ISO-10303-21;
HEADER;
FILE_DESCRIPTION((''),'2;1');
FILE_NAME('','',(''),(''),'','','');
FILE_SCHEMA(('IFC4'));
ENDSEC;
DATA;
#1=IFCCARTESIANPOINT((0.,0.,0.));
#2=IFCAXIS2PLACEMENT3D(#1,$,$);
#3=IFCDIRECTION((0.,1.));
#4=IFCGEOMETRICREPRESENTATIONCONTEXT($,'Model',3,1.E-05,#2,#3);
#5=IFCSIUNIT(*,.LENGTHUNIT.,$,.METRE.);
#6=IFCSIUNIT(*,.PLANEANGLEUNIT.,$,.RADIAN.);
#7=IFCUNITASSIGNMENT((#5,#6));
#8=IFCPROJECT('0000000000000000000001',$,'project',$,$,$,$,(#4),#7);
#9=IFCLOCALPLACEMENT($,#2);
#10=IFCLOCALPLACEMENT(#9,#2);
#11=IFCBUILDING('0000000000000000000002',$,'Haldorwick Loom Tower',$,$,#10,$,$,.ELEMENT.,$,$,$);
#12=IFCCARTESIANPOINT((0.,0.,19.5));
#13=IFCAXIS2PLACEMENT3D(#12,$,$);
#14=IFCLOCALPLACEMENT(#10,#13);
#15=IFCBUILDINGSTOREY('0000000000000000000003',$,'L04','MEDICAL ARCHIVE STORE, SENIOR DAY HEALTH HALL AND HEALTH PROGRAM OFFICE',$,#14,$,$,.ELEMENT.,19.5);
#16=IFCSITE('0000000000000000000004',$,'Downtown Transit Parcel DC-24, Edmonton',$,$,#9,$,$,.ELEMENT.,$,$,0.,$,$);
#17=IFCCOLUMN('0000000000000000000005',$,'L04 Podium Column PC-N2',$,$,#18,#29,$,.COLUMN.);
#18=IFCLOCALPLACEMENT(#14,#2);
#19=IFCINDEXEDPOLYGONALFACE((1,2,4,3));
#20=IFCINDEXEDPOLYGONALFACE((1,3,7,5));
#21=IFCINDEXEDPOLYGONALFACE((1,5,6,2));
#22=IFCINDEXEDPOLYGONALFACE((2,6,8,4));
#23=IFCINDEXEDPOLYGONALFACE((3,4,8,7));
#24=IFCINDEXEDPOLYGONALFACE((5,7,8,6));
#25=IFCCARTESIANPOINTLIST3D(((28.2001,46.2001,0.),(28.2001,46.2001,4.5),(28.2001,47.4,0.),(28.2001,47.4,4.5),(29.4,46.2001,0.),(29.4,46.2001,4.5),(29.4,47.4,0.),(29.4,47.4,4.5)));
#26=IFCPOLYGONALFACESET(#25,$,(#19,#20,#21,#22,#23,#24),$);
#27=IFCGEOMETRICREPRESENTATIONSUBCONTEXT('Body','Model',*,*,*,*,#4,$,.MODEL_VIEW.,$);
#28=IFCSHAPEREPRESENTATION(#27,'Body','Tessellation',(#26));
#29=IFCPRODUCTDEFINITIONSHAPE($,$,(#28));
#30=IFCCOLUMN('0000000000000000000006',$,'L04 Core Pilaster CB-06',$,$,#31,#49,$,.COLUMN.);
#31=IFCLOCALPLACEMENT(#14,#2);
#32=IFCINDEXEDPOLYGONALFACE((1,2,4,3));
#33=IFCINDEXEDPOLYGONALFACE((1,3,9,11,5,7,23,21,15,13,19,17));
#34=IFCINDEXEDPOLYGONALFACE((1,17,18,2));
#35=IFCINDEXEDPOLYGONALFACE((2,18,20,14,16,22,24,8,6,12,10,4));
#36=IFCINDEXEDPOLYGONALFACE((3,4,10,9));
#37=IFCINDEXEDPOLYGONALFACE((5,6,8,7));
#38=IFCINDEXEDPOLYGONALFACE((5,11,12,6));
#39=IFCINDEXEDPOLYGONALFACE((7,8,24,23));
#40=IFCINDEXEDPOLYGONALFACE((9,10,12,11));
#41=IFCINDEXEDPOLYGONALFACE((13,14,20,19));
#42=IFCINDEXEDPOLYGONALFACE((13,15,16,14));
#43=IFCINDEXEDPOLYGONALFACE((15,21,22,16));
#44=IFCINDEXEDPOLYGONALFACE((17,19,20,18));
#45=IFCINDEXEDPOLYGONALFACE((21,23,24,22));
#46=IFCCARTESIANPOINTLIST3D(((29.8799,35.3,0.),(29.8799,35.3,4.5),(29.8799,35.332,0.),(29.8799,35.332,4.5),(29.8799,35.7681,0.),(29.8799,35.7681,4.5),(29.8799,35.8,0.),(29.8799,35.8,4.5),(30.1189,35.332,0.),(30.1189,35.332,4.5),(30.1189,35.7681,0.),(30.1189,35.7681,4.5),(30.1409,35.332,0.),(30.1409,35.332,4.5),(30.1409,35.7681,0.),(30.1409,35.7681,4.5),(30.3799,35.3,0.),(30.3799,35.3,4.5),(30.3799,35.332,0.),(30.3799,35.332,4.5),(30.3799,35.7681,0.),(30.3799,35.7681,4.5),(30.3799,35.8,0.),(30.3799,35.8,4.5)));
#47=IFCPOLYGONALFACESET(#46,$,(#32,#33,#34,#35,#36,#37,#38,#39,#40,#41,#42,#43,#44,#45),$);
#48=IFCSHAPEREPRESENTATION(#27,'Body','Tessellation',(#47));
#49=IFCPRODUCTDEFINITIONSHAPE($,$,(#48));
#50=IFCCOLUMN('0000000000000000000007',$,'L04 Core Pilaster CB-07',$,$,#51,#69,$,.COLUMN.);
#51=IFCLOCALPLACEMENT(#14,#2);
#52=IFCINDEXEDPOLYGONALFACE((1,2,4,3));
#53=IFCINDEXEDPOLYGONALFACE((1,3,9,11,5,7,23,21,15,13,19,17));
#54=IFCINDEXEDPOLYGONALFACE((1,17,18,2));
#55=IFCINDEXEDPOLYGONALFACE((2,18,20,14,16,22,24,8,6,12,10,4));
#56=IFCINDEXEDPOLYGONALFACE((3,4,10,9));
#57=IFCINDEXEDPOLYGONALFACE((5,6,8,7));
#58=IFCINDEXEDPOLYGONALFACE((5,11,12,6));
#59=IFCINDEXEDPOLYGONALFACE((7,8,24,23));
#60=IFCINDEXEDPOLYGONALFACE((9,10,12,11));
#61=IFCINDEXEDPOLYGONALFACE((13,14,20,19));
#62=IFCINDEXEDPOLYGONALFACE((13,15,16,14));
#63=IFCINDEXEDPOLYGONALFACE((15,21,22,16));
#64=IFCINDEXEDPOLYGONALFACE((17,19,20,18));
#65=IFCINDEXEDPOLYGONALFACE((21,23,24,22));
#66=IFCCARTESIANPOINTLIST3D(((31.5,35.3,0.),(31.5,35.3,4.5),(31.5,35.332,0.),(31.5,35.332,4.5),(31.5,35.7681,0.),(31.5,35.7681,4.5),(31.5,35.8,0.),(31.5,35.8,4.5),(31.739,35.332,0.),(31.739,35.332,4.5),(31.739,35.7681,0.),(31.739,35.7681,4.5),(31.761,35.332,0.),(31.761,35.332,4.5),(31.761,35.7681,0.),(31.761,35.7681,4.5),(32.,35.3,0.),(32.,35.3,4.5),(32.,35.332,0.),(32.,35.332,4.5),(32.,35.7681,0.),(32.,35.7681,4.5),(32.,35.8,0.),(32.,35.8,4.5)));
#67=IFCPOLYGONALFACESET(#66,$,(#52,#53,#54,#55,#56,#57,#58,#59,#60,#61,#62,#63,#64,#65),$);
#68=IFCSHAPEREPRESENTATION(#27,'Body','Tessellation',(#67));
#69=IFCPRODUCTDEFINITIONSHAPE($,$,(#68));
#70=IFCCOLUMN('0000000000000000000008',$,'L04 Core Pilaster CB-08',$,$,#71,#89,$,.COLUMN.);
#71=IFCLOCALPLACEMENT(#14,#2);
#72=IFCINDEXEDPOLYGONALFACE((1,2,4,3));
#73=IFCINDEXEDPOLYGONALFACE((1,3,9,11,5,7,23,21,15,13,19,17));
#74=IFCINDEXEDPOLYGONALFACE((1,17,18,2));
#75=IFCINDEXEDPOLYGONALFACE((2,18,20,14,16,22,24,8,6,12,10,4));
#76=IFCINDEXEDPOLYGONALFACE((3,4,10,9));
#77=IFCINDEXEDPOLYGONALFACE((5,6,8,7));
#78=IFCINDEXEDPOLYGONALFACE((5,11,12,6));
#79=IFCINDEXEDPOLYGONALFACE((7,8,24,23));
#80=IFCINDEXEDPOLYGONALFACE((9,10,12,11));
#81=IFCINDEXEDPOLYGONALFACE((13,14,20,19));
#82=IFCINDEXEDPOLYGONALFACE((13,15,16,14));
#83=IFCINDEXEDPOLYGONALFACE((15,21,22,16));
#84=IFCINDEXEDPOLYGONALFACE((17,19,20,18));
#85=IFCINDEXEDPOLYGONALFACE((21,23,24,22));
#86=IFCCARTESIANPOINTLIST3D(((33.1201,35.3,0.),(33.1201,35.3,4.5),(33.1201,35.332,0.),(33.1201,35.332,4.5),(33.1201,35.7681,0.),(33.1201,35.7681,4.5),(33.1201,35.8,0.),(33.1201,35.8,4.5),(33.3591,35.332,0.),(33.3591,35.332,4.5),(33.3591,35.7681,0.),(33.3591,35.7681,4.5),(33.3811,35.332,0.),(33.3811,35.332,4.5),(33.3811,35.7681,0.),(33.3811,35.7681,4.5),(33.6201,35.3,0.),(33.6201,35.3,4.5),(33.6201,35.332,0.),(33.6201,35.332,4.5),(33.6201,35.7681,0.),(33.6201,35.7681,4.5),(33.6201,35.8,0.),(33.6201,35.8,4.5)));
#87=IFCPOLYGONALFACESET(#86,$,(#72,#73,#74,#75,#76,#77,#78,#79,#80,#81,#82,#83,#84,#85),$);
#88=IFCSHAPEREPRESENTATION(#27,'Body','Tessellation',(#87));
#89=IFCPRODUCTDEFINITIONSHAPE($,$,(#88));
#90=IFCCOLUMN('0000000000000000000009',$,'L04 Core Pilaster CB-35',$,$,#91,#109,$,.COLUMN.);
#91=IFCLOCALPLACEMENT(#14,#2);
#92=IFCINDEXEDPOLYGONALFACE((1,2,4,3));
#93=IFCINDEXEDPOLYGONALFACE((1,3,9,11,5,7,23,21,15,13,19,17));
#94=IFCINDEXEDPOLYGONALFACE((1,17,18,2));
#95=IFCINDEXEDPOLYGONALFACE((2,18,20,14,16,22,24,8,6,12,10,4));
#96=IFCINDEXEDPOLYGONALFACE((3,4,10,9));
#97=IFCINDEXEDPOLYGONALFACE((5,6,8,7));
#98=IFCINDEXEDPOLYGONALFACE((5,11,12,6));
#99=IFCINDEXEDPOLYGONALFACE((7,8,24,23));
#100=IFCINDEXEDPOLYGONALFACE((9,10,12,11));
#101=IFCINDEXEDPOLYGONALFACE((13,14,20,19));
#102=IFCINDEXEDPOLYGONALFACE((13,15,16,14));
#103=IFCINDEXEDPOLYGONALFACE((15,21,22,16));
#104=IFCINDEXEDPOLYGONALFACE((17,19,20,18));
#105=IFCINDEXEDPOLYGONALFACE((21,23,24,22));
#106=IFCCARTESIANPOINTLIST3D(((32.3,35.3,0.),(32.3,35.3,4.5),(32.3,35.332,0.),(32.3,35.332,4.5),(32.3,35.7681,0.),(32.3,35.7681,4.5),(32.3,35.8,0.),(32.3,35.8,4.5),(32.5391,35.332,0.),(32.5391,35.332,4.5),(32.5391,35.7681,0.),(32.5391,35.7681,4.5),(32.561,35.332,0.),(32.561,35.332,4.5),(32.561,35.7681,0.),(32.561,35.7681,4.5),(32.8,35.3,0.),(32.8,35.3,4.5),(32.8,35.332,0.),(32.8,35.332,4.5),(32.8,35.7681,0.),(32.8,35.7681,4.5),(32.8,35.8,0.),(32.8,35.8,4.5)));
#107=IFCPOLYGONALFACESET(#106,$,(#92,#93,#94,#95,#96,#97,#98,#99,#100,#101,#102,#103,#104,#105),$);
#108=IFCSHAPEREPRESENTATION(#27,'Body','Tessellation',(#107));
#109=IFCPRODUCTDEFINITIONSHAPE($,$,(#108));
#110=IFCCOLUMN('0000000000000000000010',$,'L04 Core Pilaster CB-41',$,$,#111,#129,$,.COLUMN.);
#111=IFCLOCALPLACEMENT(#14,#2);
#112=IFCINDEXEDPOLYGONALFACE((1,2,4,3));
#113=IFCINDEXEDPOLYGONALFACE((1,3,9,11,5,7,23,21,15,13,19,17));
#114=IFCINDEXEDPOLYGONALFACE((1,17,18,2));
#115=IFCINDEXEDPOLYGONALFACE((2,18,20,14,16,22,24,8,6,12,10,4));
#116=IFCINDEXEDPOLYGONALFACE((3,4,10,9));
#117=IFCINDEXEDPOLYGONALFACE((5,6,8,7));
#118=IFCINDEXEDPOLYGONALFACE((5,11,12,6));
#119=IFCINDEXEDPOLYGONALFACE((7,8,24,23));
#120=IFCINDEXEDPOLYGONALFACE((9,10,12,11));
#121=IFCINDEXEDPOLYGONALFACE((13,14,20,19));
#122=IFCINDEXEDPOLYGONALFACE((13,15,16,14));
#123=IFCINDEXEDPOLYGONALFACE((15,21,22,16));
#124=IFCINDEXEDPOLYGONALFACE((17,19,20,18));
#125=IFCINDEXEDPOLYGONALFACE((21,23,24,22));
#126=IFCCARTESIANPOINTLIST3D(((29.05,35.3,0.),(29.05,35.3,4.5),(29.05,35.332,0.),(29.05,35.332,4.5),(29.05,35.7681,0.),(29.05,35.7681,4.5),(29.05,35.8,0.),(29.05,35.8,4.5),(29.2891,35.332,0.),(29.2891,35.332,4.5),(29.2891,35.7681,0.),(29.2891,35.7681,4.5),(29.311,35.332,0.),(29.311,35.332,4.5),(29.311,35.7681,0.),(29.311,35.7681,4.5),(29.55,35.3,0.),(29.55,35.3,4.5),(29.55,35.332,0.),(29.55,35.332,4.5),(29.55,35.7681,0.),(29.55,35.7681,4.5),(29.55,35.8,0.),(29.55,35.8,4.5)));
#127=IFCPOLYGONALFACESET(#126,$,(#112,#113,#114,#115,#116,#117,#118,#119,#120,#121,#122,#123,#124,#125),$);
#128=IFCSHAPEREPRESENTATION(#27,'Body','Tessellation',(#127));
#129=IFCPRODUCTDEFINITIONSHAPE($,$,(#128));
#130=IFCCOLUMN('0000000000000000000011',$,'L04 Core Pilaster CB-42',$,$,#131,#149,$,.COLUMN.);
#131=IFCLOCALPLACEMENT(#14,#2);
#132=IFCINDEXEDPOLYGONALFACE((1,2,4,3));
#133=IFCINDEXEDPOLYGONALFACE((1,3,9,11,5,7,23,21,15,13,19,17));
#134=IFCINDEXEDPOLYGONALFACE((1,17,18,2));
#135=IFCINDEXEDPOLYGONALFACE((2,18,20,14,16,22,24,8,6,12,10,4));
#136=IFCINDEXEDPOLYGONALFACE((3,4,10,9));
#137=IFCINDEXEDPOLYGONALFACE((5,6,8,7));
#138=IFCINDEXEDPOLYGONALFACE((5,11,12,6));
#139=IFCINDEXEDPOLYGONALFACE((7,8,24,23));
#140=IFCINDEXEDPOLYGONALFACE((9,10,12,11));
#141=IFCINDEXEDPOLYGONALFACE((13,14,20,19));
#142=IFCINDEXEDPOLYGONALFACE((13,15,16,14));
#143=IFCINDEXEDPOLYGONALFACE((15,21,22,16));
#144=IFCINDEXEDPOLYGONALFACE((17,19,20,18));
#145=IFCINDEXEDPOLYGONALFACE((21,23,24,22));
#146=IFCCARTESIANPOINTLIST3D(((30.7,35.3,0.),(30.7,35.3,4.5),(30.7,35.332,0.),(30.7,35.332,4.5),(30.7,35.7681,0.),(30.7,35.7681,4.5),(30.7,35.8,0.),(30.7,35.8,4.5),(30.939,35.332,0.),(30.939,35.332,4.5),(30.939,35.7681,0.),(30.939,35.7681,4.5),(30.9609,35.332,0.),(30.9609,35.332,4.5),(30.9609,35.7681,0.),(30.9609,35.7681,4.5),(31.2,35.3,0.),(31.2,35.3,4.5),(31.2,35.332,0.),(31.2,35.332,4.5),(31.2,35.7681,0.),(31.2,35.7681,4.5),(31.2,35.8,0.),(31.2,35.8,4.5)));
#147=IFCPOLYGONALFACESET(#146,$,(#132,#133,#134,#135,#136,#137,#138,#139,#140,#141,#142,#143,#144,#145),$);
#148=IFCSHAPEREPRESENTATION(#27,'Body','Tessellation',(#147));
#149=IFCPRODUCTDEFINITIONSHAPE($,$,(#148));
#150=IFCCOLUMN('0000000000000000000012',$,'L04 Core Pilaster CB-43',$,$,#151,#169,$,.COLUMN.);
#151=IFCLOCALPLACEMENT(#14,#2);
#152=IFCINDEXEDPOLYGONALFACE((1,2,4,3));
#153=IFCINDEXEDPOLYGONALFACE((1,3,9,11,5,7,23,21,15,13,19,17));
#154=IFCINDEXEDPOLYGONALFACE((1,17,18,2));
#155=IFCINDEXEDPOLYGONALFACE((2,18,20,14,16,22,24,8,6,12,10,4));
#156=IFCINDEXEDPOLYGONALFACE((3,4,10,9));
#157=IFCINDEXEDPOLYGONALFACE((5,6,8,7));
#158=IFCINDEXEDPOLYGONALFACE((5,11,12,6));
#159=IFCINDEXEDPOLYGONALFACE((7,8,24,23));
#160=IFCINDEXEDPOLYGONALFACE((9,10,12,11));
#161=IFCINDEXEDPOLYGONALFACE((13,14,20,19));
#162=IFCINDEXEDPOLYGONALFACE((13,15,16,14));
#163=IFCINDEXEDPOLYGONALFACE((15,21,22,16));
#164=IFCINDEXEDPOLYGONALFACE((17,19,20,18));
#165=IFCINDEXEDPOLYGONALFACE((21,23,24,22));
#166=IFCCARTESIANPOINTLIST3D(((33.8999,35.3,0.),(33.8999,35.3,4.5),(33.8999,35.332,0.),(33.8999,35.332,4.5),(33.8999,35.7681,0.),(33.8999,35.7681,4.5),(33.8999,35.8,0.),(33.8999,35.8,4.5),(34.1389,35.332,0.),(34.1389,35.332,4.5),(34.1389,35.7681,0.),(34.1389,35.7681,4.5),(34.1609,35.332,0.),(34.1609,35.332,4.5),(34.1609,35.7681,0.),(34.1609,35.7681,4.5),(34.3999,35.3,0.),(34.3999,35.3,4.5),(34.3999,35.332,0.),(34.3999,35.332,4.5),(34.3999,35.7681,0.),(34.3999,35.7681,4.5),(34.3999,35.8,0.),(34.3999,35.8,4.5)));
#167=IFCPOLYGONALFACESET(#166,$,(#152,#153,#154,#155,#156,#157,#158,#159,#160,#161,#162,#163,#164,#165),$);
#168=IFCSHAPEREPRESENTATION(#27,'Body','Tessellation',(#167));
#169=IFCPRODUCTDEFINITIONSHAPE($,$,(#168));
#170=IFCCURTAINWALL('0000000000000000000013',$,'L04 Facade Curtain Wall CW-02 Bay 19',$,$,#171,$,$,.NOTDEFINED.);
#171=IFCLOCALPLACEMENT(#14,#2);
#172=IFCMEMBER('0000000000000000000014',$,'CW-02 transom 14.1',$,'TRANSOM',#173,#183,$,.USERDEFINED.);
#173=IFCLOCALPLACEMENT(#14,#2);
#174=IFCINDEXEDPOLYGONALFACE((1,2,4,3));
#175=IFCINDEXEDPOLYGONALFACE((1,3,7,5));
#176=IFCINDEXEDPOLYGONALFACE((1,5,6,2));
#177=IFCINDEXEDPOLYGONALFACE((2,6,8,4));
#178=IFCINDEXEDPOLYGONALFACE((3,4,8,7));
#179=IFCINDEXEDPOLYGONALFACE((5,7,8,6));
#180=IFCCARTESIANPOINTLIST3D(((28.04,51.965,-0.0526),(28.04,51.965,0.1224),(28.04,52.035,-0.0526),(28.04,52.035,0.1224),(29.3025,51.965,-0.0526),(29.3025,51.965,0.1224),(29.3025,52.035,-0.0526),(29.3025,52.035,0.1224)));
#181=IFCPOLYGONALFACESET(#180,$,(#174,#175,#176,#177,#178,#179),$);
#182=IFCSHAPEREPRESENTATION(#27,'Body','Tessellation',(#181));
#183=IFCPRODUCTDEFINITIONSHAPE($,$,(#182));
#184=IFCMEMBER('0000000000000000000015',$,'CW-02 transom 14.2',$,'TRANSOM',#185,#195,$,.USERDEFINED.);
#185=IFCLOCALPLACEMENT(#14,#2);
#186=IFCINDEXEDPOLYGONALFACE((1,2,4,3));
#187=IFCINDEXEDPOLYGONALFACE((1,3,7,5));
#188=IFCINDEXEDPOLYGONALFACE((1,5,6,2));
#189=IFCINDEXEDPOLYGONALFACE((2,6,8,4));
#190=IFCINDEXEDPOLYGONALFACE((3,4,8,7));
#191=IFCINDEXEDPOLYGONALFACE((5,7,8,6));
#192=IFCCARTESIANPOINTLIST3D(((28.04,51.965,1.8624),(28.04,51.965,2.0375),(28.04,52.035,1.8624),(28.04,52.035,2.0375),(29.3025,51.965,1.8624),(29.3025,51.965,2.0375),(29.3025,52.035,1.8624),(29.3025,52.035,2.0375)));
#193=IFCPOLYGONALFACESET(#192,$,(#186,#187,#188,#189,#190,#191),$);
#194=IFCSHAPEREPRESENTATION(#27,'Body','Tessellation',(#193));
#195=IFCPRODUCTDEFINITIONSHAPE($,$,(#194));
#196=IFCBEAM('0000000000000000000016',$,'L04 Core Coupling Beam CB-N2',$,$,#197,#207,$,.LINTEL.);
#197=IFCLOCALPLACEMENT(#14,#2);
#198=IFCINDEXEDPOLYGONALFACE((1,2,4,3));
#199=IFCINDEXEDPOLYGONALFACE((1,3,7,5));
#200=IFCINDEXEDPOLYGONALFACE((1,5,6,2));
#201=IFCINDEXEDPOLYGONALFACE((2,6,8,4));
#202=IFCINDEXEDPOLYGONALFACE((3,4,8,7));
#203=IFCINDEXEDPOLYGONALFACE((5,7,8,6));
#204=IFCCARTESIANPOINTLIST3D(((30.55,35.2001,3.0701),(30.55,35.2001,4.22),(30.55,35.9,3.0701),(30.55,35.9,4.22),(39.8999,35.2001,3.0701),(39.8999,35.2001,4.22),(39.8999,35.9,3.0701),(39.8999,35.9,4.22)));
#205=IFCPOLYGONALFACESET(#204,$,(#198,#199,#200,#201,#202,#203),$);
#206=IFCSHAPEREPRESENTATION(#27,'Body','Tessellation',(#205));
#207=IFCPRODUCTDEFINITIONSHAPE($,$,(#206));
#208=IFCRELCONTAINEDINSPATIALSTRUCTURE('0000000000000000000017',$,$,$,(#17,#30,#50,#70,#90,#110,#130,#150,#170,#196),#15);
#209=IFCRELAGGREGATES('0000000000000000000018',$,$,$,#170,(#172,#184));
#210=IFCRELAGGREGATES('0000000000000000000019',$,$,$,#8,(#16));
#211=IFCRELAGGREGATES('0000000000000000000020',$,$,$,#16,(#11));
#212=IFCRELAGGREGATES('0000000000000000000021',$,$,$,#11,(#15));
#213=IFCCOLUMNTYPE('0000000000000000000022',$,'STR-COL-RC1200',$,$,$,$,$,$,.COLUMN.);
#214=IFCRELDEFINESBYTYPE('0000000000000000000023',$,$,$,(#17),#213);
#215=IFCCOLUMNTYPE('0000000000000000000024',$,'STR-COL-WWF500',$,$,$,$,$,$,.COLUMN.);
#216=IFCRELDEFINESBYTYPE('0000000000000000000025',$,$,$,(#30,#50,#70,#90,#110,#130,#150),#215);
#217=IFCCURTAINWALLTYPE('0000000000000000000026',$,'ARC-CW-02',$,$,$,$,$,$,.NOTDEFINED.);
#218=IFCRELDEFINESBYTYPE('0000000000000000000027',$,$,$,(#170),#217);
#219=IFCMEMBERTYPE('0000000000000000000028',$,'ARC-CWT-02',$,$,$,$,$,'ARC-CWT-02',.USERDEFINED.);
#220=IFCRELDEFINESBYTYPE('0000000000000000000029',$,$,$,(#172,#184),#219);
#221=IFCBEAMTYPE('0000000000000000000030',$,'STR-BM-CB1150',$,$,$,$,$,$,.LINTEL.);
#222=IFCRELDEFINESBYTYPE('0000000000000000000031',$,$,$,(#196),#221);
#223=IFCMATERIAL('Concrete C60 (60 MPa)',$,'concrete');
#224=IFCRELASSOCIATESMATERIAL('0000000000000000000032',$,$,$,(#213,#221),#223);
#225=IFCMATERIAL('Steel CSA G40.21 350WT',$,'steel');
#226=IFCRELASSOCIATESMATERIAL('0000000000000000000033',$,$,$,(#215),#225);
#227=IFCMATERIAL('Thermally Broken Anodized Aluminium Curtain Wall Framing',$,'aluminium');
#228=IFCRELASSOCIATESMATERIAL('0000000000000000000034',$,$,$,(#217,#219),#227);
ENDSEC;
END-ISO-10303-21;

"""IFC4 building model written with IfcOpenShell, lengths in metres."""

from ifc_helpers import new_model, si_unit, direction, frame, origin, origin_2d, place, context, subcontext, project, spatial, rectangle, i_section, extrude, material, material_profile, profile_set, type_object, element, aggregate, save


model = new_model("IFC4")

# Units and contexts
model_context = context("Model", 3, precision=1e-05, world=origin(), true_north=direction((0.0, 1.0)))
body_context = subcontext(model_context, "Body", "Model", "MODEL_VIEW")
ifc_project = project(units=[si_unit("LENGTHUNIT", "METRE"), si_unit("PLANEANGLEUNIT", "RADIAN")], contexts=[model_context])

# Site, building, storey
site_placement = place(None, origin())
site = spatial("IfcSite", under=ifc_project, at=site_placement, Name="Downtown Transit Parcel DC-24, Edmonton", CompositionType="ELEMENT", RefElevation=0.0)
building_placement = place(site_placement, origin())
building = spatial("IfcBuilding", under=site, at=building_placement, Name="Haldorwick Loom Tower", CompositionType="ELEMENT")
storey_placement = place(building_placement, frame((0.0, 0.0, 19.5)))
storey = spatial("IfcBuildingStorey", under=building, at=storey_placement, Name="L04", Description="MEDICAL ARCHIVE STORE, SENIOR DAY HEALTH HALL AND HEALTH PROGRAM OFFICE", CompositionType="ELEMENT", Elevation=19.5)

# Columns
ifc_material_1 = material(Name="Concrete C60 (60 MPa)", Category="concrete")
ifc_material_profile_1 = material_profile(ifc_material_1, rectangle(XDim=1.2, YDim=1.2, at=origin_2d()), Name="RC1200X1200", Category="concrete")
ifc_profile_set_1 = profile_set([ifc_material_profile_1], Name="Concrete C60 (60 MPa)")
column_type_1 = type_object("IfcColumnType", Name="STR-COL-RC1200", PredefinedType="COLUMN", material=ifc_profile_set_1)
column_placement = place(storey_placement, frame((28.8, 46.8, 0.0), z_axis=(0.0, 0.0, 1.0), x_axis=(1.0, 0.0, 0.0)))
element("IfcColumn", 1, at=column_placement, inside=storey, type_object=column_type_1, Name="L04 Podium Column PC-N2", PredefinedType="COLUMN", context=body_context, shape_type="SweptSolid", body=[
    extrude(rectangle(XDim=1.2, YDim=1.2, at=origin_2d()), origin(), (0.0, 0.0, 1.0), 4.5),
])
ifc_material_2 = material(Name="Steel CSA G40.21 350WT", Category="steel")
ifc_material_profile_2 = material_profile(ifc_material_2, i_section(OverallWidth=0.5, OverallDepth=0.5, WebThickness=0.022, FlangeThickness=0.032, at=origin_2d()), Name="WWF500X500", Category="steel")
ifc_profile_set_2 = profile_set([ifc_material_profile_2], Name="Steel CSA G40.21 350WT")
column_type_2 = type_object("IfcColumnType", Name="STR-COL-WWF500", PredefinedType="COLUMN", material=ifc_profile_set_2)
for number, where, z_axis, x_axis, name in (
    (2, (30.1299, 35.55, 0.0), (0.0, 0.0, 1.0), (1.0, 0.0, 0.0), "L04 Core Pilaster CB-06"),
    (3, (31.75, 35.55, 0.0), (0.0, 0.0, 1.0), (1.0, 0.0, 0.0), "L04 Core Pilaster CB-07"),
    (4, (33.3701, 35.55, 0.0), (0.0, 0.0, 1.0), (1.0, 0.0, 0.0), "L04 Core Pilaster CB-08"),
    (5, (32.55, 35.55, 0.0), (0.0, 0.0, 1.0), (1.0, 0.0, 0.0), "L04 Core Pilaster CB-35"),
    (6, (29.3, 35.55, 0.0), (0.0, 0.0, 1.0), (1.0, 0.0, 0.0), "L04 Core Pilaster CB-41"),
    (7, (30.95, 35.55, 0.0), (0.0, 0.0, 1.0), (1.0, 0.0, 0.0), "L04 Core Pilaster CB-42"),
    (8, (34.1499, 35.55, 0.0), (0.0, 0.0, 1.0), (1.0, 0.0, 0.0), "L04 Core Pilaster CB-43"),
):
    element("IfcColumn", number, at=place(storey_placement, frame(where, z_axis=z_axis, x_axis=x_axis)), inside=storey, type_object=column_type_2, Name=name, PredefinedType="COLUMN", context=body_context, shape_type="SweptSolid", body=[
        extrude(i_section(OverallWidth=0.5, OverallDepth=0.5, WebThickness=0.022, FlangeThickness=0.032, at=origin_2d()), origin(), (0.0, 0.0, 1.0), 4.5),
    ])

# Curtain wall, members
ifc_material_3 = material(Name="Thermally Broken Anodized Aluminium Curtain Wall Framing", Category="aluminium")
curtain_wall_type = type_object("IfcCurtainWallType", Name="ARC-CW-02", PredefinedType="NOTDEFINED", material=ifc_material_3)
curtain_wall_placement = place(storey_placement, origin())
curtain_wall = element("IfcCurtainWall", 9, at=curtain_wall_placement, inside=storey, type_object=curtain_wall_type, Name="L04 Facade Curtain Wall CW-02 Bay 19", PredefinedType="NOTDEFINED")
ifc_material_profile_3 = material_profile(ifc_material_3, rectangle(XDim=0.0701, YDim=0.175, at=origin_2d()), Name="ALU_TRN_70X175", Category="aluminium")
ifc_profile_set_3 = profile_set([ifc_material_profile_3], Name="Thermally Broken Anodized Aluminium Curtain Wall Framing")
member_type = type_object("IfcMemberType", Name="ARC-CWT-02", ElementType="ARC-CWT-02", PredefinedType="USERDEFINED", material=ifc_profile_set_3)
member_1_placement = place(storey_placement, frame((29.3025, 52.0, 0.0349), z_axis=(-1.0, 0.0, 0.0), x_axis=(0.0, -1.0, 0.0)))
member_1 = element("IfcMember", 10, at=member_1_placement, type_object=member_type, Name="CW-02 transom 14.1", ObjectType="TRANSOM", PredefinedType="USERDEFINED", context=body_context, shape_type="SweptSolid", body=[
    extrude(rectangle(XDim=0.0701, YDim=0.175, at=origin_2d()), origin(), (0.0, 0.0, 1.0), 1.2625),
])
member_2_placement = place(storey_placement, frame((29.3025, 52.0, 1.95), z_axis=(-1.0, 0.0, 0.0), x_axis=(0.0, -1.0, 0.0)))
member_2 = element("IfcMember", 11, at=member_2_placement, type_object=member_type, Name="CW-02 transom 14.2", ObjectType="TRANSOM", PredefinedType="USERDEFINED", context=body_context, shape_type="SweptSolid", body=[
    extrude(rectangle(XDim=0.0701, YDim=0.175, at=origin_2d()), origin(), (0.0, 0.0, 1.0), 1.2625),
])
aggregate(curtain_wall, [member_1, member_2])

# Beam
ifc_material_profile_4 = material_profile(ifc_material_1, rectangle(XDim=0.7, YDim=1.1499, at=origin_2d()), Name="RC700X1150", Category="concrete")
ifc_profile_set_4 = profile_set([ifc_material_profile_4], Name="Concrete C60 (60 MPa)")
beam_type_1 = type_object("IfcBeamType", Name="STR-BM-CB1150", PredefinedType="LINTEL", material=ifc_profile_set_4)
beam_1_placement = place(storey_placement, frame((30.55, 35.55, 3.645), z_axis=(1.0, 0.0, 0.0), x_axis=(0.0, 1.0, 0.0)))
element("IfcBeam", 12, at=beam_1_placement, inside=storey, type_object=beam_type_1, Name="L04 Core Coupling Beam CB-N2", PredefinedType="LINTEL", context=body_context, shape_type="SweptSolid", body=[
    extrude(rectangle(XDim=0.7, YDim=1.1499, at=origin_2d()), origin(), (0.0, 0.0, 1.0), 9.3499),
])

save(model, "model.ifc")
